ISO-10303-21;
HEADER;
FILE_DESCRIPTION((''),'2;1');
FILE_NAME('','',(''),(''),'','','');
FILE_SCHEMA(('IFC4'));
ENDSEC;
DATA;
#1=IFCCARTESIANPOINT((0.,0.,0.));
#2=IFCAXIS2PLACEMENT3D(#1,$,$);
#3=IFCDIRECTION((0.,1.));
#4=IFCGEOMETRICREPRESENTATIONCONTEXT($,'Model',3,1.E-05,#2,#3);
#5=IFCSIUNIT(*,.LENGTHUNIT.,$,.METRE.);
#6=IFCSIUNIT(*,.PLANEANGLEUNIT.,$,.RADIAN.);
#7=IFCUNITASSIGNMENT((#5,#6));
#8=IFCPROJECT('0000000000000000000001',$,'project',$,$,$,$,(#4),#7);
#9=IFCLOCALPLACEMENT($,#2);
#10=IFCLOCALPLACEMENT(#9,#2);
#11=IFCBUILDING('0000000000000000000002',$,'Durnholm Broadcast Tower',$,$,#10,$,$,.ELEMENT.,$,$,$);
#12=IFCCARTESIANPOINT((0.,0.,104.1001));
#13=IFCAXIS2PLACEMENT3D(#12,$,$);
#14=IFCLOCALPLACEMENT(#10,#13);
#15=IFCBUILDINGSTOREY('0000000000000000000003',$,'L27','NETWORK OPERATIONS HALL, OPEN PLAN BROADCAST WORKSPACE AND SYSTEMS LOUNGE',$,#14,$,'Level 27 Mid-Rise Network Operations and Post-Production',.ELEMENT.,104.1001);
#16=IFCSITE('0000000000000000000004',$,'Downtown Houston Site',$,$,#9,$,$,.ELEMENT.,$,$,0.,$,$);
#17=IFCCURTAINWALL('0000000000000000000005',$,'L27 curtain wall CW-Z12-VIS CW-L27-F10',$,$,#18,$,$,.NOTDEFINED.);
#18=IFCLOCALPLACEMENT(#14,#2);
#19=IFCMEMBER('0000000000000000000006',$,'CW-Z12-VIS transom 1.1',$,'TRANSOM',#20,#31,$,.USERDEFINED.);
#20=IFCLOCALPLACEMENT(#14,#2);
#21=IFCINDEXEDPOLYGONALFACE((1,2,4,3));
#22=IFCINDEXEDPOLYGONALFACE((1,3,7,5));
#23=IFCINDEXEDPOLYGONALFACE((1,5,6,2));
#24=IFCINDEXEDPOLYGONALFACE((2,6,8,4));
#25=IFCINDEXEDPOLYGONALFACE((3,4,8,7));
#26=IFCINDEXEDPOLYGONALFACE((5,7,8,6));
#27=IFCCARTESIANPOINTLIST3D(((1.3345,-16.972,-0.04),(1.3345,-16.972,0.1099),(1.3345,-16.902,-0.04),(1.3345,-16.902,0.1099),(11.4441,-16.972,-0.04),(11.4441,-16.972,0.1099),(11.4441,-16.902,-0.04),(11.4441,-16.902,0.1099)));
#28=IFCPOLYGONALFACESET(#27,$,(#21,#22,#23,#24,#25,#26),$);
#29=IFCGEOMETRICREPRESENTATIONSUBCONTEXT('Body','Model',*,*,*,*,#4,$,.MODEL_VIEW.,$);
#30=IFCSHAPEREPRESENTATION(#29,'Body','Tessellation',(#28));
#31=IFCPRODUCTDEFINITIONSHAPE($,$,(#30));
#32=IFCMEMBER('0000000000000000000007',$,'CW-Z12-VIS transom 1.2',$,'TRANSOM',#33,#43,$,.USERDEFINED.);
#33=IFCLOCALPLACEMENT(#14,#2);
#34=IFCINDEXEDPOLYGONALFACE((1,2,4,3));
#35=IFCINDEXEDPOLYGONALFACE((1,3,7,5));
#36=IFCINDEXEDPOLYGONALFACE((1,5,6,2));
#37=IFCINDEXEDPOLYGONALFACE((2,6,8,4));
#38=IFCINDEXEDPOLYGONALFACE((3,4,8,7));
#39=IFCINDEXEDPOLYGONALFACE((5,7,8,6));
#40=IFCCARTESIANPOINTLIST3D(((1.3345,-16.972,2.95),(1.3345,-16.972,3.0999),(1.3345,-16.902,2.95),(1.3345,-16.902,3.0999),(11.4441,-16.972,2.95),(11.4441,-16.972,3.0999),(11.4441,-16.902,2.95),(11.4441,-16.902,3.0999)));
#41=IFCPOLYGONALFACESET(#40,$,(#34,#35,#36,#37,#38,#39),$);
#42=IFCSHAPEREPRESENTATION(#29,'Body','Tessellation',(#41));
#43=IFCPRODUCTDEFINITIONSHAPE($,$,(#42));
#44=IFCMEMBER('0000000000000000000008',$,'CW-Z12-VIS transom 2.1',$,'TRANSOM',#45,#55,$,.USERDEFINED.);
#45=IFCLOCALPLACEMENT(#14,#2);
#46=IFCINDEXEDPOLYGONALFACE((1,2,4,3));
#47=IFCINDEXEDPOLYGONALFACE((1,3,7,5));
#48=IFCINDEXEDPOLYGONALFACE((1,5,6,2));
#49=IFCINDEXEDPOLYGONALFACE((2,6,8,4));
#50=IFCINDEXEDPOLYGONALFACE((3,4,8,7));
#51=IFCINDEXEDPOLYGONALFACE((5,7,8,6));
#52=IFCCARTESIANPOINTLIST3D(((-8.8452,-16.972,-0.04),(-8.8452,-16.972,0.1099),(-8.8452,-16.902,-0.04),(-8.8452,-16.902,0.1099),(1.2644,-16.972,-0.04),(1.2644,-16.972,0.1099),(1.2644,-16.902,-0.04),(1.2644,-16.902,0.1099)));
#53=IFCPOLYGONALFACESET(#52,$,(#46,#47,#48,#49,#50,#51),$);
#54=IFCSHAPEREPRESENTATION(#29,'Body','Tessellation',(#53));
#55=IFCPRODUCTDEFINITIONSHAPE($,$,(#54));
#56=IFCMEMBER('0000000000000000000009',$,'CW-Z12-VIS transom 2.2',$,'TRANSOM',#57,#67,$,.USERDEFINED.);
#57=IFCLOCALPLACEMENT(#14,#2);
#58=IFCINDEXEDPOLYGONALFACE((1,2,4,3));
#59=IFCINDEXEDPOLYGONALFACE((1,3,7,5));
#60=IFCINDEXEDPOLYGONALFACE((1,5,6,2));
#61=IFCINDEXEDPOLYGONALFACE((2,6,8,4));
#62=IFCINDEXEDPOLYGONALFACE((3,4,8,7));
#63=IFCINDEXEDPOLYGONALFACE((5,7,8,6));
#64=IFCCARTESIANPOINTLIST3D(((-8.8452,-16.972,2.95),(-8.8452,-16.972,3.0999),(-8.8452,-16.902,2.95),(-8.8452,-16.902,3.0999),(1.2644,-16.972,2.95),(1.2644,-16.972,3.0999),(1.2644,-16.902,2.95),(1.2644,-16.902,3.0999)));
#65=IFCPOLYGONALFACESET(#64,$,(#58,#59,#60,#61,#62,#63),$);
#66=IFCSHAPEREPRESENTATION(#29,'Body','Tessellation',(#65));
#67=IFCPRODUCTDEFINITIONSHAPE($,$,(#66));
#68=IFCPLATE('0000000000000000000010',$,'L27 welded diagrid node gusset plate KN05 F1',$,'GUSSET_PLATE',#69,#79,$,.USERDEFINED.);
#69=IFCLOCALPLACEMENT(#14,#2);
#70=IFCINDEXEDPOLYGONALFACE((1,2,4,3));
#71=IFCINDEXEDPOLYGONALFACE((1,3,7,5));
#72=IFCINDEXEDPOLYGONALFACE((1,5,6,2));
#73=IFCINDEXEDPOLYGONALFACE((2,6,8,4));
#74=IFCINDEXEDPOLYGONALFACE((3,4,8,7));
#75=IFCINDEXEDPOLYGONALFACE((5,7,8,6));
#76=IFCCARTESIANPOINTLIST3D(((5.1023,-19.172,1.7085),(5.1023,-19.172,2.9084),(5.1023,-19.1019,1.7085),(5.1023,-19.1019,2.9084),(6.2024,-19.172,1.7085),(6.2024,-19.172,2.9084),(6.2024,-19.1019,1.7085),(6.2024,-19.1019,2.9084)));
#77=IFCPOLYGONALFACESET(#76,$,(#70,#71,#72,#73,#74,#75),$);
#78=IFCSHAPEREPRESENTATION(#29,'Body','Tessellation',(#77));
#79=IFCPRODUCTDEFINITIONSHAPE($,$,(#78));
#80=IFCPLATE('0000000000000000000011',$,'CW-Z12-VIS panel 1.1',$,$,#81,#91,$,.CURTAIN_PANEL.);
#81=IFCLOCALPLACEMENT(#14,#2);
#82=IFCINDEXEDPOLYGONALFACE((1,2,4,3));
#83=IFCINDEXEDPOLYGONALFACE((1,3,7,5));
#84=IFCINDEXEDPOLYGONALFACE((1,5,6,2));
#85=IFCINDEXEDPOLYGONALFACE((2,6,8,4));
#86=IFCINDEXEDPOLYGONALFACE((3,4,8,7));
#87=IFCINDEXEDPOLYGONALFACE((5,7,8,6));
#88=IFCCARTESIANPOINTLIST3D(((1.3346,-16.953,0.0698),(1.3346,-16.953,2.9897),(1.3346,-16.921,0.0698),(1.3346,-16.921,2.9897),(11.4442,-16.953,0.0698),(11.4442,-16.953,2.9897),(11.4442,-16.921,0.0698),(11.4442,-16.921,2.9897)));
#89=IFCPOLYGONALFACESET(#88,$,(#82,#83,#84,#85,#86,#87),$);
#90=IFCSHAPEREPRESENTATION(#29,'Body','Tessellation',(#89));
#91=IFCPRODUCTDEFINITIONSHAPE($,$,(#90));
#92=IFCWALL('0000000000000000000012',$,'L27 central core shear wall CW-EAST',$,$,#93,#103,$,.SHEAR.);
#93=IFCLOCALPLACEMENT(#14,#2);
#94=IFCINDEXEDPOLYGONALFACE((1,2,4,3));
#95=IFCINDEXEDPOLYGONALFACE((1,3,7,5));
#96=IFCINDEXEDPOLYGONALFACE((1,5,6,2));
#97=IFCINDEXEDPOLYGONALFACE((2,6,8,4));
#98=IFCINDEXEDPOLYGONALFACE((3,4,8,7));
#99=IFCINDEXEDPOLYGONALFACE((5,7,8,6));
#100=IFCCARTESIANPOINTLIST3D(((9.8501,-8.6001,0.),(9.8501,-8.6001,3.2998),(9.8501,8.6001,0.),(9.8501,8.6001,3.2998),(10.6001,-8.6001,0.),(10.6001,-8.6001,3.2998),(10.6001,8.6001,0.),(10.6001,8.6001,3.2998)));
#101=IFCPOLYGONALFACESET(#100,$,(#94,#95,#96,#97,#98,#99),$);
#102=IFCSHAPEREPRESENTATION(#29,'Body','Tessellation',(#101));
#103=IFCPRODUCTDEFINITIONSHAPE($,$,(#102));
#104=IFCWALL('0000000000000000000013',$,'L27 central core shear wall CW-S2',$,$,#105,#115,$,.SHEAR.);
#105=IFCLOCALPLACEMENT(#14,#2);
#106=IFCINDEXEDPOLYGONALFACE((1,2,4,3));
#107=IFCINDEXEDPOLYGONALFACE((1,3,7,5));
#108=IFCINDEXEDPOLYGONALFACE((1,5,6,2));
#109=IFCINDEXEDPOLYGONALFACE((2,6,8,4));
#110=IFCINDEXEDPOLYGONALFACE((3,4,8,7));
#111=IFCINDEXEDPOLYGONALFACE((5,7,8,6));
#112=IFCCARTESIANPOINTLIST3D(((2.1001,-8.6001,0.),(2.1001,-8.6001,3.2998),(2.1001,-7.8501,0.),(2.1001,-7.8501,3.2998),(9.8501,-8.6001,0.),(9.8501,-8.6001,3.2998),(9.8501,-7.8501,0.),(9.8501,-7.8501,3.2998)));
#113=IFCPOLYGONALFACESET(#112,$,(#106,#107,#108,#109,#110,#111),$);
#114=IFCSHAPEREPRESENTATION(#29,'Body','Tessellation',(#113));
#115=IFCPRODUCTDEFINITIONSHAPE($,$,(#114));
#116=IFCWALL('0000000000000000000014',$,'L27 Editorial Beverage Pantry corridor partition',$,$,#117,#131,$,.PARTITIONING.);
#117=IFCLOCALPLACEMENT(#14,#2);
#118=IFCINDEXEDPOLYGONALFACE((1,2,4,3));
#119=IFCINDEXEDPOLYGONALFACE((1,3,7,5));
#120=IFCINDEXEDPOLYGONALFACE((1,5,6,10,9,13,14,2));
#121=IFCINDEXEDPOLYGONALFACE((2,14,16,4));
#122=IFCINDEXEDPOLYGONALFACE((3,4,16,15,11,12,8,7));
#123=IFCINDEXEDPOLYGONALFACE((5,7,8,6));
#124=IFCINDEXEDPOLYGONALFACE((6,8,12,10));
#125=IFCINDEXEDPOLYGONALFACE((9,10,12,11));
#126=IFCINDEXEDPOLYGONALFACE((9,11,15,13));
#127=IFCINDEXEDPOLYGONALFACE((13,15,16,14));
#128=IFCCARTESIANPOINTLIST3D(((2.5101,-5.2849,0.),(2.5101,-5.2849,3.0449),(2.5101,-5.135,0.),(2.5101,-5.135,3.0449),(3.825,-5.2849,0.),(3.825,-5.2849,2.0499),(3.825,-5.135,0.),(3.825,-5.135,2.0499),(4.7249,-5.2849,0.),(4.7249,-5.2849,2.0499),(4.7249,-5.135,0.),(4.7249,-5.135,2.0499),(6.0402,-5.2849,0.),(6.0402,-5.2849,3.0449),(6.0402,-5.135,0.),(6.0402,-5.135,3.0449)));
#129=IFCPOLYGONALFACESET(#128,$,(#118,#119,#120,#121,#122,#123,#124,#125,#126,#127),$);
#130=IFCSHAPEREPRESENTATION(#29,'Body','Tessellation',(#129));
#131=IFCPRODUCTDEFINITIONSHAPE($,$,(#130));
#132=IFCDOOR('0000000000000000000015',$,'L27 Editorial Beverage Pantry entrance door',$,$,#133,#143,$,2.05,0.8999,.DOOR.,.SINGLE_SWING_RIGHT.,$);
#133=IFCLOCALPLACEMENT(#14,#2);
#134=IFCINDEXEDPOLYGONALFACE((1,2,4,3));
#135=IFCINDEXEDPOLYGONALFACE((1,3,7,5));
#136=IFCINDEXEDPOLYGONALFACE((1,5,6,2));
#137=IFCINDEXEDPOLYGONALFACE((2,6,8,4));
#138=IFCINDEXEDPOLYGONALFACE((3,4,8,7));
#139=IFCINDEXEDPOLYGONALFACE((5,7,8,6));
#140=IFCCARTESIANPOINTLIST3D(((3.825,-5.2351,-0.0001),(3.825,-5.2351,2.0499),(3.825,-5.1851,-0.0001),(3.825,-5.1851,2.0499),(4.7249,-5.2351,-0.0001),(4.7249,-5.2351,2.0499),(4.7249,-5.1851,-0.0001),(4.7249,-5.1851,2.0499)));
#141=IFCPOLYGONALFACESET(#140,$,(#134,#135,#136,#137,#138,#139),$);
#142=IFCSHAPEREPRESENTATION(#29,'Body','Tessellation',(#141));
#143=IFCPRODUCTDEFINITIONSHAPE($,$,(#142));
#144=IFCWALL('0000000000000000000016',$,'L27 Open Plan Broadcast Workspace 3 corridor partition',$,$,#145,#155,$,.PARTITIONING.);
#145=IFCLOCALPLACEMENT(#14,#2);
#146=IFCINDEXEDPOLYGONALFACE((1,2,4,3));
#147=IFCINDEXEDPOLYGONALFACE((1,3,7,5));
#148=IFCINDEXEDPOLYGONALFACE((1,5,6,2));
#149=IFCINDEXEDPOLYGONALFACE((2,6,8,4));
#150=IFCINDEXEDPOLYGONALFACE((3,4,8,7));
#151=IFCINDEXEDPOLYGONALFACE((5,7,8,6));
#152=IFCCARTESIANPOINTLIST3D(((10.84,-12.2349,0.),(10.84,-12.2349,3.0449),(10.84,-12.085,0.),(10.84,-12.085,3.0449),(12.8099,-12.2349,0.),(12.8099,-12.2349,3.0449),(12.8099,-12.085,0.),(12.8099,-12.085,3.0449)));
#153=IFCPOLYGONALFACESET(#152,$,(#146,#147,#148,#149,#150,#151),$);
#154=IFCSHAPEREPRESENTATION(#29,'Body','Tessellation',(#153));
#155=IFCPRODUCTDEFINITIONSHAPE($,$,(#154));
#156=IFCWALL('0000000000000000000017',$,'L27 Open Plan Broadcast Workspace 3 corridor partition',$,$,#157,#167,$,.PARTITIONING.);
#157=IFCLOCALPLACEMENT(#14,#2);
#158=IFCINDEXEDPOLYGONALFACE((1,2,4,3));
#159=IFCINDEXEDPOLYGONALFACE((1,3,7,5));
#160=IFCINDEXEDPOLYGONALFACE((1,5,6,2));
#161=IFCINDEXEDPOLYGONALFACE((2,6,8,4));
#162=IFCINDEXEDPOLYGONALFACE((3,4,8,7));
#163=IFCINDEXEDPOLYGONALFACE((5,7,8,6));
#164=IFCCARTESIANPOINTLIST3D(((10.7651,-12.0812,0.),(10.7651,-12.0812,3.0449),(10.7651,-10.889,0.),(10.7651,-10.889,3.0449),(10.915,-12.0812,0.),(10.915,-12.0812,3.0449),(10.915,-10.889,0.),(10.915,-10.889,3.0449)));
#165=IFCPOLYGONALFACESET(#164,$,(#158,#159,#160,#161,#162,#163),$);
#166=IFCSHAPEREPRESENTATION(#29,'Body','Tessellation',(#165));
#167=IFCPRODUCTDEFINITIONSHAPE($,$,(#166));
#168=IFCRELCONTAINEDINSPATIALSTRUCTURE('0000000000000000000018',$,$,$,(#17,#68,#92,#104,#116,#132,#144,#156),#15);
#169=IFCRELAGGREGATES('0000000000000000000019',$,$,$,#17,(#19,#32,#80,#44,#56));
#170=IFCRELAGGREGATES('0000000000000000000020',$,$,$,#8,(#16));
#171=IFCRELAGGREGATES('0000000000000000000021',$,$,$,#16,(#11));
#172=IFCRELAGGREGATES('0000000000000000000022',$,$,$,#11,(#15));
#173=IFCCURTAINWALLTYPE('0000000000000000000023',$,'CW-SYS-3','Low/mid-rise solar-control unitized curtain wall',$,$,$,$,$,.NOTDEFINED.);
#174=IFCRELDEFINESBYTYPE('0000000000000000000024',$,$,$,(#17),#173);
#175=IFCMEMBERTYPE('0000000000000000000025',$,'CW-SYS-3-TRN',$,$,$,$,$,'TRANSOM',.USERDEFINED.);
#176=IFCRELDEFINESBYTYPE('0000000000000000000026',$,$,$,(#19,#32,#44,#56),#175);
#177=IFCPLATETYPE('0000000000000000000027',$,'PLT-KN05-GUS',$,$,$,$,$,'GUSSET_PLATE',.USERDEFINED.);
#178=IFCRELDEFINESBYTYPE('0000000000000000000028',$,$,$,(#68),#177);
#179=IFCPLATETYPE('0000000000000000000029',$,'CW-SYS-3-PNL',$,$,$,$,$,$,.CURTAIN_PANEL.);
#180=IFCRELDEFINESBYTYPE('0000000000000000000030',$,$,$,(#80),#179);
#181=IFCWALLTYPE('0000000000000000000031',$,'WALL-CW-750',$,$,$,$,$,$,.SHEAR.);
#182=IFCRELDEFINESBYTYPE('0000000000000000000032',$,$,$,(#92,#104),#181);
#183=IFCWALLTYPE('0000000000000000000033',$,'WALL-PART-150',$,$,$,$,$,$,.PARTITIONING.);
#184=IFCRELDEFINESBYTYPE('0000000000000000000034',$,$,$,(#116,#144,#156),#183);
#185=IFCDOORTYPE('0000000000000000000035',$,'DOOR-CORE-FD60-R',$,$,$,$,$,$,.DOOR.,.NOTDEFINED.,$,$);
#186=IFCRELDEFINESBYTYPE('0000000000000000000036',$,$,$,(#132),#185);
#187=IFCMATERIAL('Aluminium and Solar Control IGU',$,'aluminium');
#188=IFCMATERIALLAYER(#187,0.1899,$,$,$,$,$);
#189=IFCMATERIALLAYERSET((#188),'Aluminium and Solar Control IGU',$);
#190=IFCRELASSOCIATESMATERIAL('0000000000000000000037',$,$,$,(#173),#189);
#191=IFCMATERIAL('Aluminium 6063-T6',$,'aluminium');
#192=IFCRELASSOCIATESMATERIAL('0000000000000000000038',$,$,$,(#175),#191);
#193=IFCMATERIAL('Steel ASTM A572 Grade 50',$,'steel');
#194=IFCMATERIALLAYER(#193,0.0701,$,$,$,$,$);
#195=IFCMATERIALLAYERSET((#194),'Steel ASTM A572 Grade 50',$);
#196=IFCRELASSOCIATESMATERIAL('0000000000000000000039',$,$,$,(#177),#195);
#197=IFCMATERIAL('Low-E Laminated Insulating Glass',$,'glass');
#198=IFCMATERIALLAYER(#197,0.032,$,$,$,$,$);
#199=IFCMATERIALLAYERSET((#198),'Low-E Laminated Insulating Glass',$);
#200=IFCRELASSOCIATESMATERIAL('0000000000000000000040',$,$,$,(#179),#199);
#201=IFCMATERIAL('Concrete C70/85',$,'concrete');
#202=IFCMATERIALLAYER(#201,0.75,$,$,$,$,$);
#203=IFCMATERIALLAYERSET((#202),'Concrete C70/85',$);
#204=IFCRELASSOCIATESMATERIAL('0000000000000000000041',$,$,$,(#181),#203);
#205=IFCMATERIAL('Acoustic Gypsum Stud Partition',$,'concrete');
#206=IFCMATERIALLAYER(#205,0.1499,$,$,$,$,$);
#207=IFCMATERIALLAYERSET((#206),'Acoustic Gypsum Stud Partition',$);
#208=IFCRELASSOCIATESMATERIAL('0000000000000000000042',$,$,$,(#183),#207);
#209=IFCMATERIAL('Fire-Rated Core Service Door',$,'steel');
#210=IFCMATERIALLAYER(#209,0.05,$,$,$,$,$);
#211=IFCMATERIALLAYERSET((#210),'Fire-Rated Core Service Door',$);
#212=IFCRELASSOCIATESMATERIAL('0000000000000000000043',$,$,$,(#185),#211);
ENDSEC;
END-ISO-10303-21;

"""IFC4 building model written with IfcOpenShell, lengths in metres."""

from ifc_helpers import new_model, si_unit, direction, frame, frame_2d, origin, origin_2d, place, context, subcontext, project, spatial, rectangle, extrude, source, transform, mapped, material, layer, layer_set, material_profile, profile_set, type_object, type_shapes, element, fill, aggregate, save


model = new_model("IFC4")

# Units and contexts
model_context = context("Model", 3, precision=1e-05, world=origin(), true_north=direction((0.0, 1.0)))
body_context = subcontext(model_context, "Body", "Model", "MODEL_VIEW")
ifc_project = project(units=[si_unit("LENGTHUNIT", "METRE"), si_unit("PLANEANGLEUNIT", "RADIAN")], contexts=[model_context])

# Site, building, storey
site_placement = place(None, origin())
site = spatial("IfcSite", under=ifc_project, at=site_placement, Name="Downtown Houston Site", CompositionType="ELEMENT", RefElevation=0.0)
building_placement = place(site_placement, origin())
building = spatial("IfcBuilding", under=site, at=building_placement, Name="Durnholm Broadcast Tower", CompositionType="ELEMENT")
storey_placement = place(building_placement, frame((0.0, 0.0, 104.1001)))
storey = spatial("IfcBuildingStorey", under=building, at=storey_placement, Name="L27", Description="NETWORK OPERATIONS HALL, OPEN PLAN BROADCAST WORKSPACE AND SYSTEMS LOUNGE", LongName="Level 27 Mid-Rise Network Operations and Post-Production", CompositionType="ELEMENT", Elevation=104.1001)

# Shared definitions
ifc_material_1 = material(Name="Concrete C70/85", Category="concrete")

# Shared definitions
ifc_material_2 = material(Name="Aluminium and Solar Control IGU", Category="aluminium")
ifc_material_3 = material(Name="Aluminium 6063-T6", Category="aluminium")

# Curtain wall, members
ifc_layer_1 = layer(ifc_material_2, 0.1899)
ifc_layer_set_1 = layer_set([ifc_layer_1], Name="Aluminium and Solar Control IGU")
curtain_wall_type_1 = type_object("IfcCurtainWallType", Name="CW-SYS-3", Description="Low/mid-rise solar-control unitized curtain wall", PredefinedType="NOTDEFINED", material=ifc_layer_set_1)
curtain_wall_1_placement = place(storey_placement, origin())
curtain_wall_1 = element("IfcCurtainWall", 1, at=curtain_wall_1_placement, inside=storey, type_object=curtain_wall_type_1, Name="L27 curtain wall CW-Z12-VIS CW-L27-F10", PredefinedType="NOTDEFINED")
ifc_material_profile_1 = material_profile(ifc_material_3, rectangle(XDim=0.0701, YDim=0.1499, at=origin_2d()), Name="CWT70X150")
ifc_profile_set_1 = profile_set([ifc_material_profile_1], Name="Aluminium 6063-T6")
member_type_1 = type_object("IfcMemberType", Name="CW-SYS-3-TRN", ElementType="TRANSOM", PredefinedType="USERDEFINED", material=ifc_profile_set_1)
shared_shape_1 = source(origin(), body_context, "Body", "SweptSolid", [
    extrude(rectangle(XDim=0.0701, YDim=0.1499, at=origin_2d()), origin(), (0.0, 0.0, 1.0), 10.1096),
])
type_shapes(member_type_1, [shared_shape_1])
member_1_placement = place(storey_placement, frame((11.4441, -16.937, 0.0349), z_axis=(-1.0, 0.0, 0.0), x_axis=(0.0, -1.0, 0.0)))
member_1 = element("IfcMember", 2, at=member_1_placement, type_object=member_type_1, Name="CW-Z12-VIS transom 1.1", ObjectType="TRANSOM", PredefinedType="USERDEFINED", context=body_context, shape_type="MappedRepresentation", body=[
    mapped(shared_shape_1, transform((0.0, 0.0, 0.0), x_axis=(1.0, 0.0, 0.0), y_axis=(0.0, 1.0, 0.0), z_axis=(0.0, 0.0, 1.0), scale=1.0)),
])
member_2_placement = place(storey_placement, frame((11.4441, -16.937, 3.0249), z_axis=(-1.0, 0.0, 0.0), x_axis=(0.0, -1.0, 0.0)))
member_2 = element("IfcMember", 3, at=member_2_placement, type_object=member_type_1, Name="CW-Z12-VIS transom 1.2", ObjectType="TRANSOM", PredefinedType="USERDEFINED", context=body_context, shape_type="MappedRepresentation", body=[
    mapped(shared_shape_1, transform((0.0, 0.0, 0.0), x_axis=(1.0, 0.0, 0.0), y_axis=(0.0, 1.0, 0.0), z_axis=(0.0, 0.0, 1.0), scale=1.0)),
])
member_3_placement = place(storey_placement, frame((1.2644, -16.937, 0.0349), z_axis=(-1.0, 0.0, 0.0), x_axis=(0.0, -1.0, 0.0)))
member_3 = element("IfcMember", 4, at=member_3_placement, type_object=member_type_1, Name="CW-Z12-VIS transom 2.1", ObjectType="TRANSOM", PredefinedType="USERDEFINED", context=body_context, shape_type="MappedRepresentation", body=[
    mapped(shared_shape_1, transform((0.0, 0.0, 0.0), x_axis=(1.0, 0.0, 0.0), y_axis=(0.0, 1.0, 0.0), z_axis=(0.0, 0.0, 1.0), scale=1.0)),
])
member_4_placement = place(storey_placement, frame((1.2644, -16.937, 3.0249), z_axis=(-1.0, 0.0, 0.0), x_axis=(0.0, -1.0, 0.0)))
member_4 = element("IfcMember", 5, at=member_4_placement, type_object=member_type_1, Name="CW-Z12-VIS transom 2.2", ObjectType="TRANSOM", PredefinedType="USERDEFINED", context=body_context, shape_type="MappedRepresentation", body=[
    mapped(shared_shape_1, transform((0.0, 0.0, 0.0), x_axis=(1.0, 0.0, 0.0), y_axis=(0.0, 1.0, 0.0), z_axis=(0.0, 0.0, 1.0), scale=1.0)),
])

# Plates
ifc_material_4 = material(Name="Steel ASTM A572 Grade 50", Category="steel")
ifc_layer_2 = layer(ifc_material_4, 0.0701)
ifc_layer_set_2 = layer_set([ifc_layer_2], Name="Steel ASTM A572 Grade 50")
plate_type_1 = type_object("IfcPlateType", Name="PLT-KN05-GUS", ElementType="GUSSET_PLATE", PredefinedType="USERDEFINED", material=ifc_layer_set_2)
shared_shape_2 = source(origin(), body_context, "Body", "SweptSolid", [
    extrude(rectangle(XDim=1.1001, YDim=0.0701, at=origin_2d()), origin(), (0.0, 0.0, 1.0), 1.2),
])
type_shapes(plate_type_1, [shared_shape_2])
plate_1_placement = place(storey_placement, frame((5.6523, -19.137, 1.7085), z_axis=(0.0, 0.0, 1.0), x_axis=(1.0, 0.0, 0.0)))
element("IfcPlate", 6, at=plate_1_placement, inside=storey, type_object=plate_type_1, Name="L27 welded diagrid node gusset plate KN05 F1", ObjectType="GUSSET_PLATE", PredefinedType="USERDEFINED", context=body_context, shape_type="MappedRepresentation", body=[
    mapped(shared_shape_2, transform((0.0, 0.0, 0.0), x_axis=(1.0, 0.0, 0.0), y_axis=(0.0, 1.0, 0.0), z_axis=(0.0, 0.0, 1.0), scale=1.0)),
])
ifc_material_5 = material(Name="Low-E Laminated Insulating Glass", Category="glass")
ifc_layer_3 = layer(ifc_material_5, 0.032)
ifc_layer_set_3 = layer_set([ifc_layer_3], Name="Low-E Laminated Insulating Glass")
plate_type_2 = type_object("IfcPlateType", Name="CW-SYS-3-PNL", PredefinedType="CURTAIN_PANEL", material=ifc_layer_set_3)
shared_shape_3 = source(origin(), body_context, "Body", "SweptSolid", [
    extrude(rectangle(XDim=10.1096, YDim=0.032, at=origin_2d()), origin(), (0.0, 0.0, 1.0), 2.9199),
])
type_shapes(plate_type_2, [shared_shape_3])
plate_2_placement = place(storey_placement, frame((6.3894, -16.937, 0.0698), z_axis=(0.0, 0.0, 1.0), x_axis=(-1.0, 0.0, 0.0)))
plate_2 = element("IfcPlate", 7, at=plate_2_placement, type_object=plate_type_2, Name="CW-Z12-VIS panel 1.1", PredefinedType="CURTAIN_PANEL", context=body_context, shape_type="MappedRepresentation", body=[
    mapped(shared_shape_3, transform((0.0, 0.0, 0.0), x_axis=(1.0, 0.0, 0.0), y_axis=(0.0, 1.0, 0.0), z_axis=(0.0, 0.0, 1.0), scale=1.0)),
])
aggregate(curtain_wall_1, [member_1, member_2, plate_2, member_3, member_4])

# Walls
ifc_layer_4 = layer(ifc_material_1, 0.75)
ifc_layer_set_4 = layer_set([ifc_layer_4], Name="Concrete C70/85")
wall_type_1 = type_object("IfcWallType", Name="WALL-CW-750", PredefinedType="SHEAR", material=ifc_layer_set_4)
wall_1_placement = place(storey_placement, frame((10.2251, -8.6001, 0.0), z_axis=(0.0, 0.0, 1.0), x_axis=(0.0, 1.0, 0.0)))
element("IfcWall", 8, at=wall_1_placement, inside=storey, type_object=wall_type_1, Name="L27 central core shear wall CW-EAST", PredefinedType="SHEAR", context=body_context, shape_type="SweptSolid", body=[
    extrude(rectangle(XDim=17.2002, YDim=0.75, at=frame_2d((8.6001, 0.0))), origin(), (0.0, 0.0, 1.0), 3.2998),
])
wall_2_placement = place(storey_placement, frame((2.1001, -8.2251, 0.0), z_axis=(0.0, 0.0, 1.0), x_axis=(1.0, 0.0, 0.0)))
element("IfcWall", 9, at=wall_2_placement, inside=storey, type_object=wall_type_1, Name="L27 central core shear wall CW-S2", PredefinedType="SHEAR", context=body_context, shape_type="SweptSolid", body=[
    extrude(rectangle(XDim=7.75, YDim=0.75, at=frame_2d((3.875, 0.0))), origin(), (0.0, 0.0, 1.0), 3.2998),
])

# Wall, opening, door
ifc_material_6 = material(Name="Acoustic Gypsum Stud Partition", Category="concrete")
ifc_layer_5 = layer(ifc_material_6, 0.1499)
ifc_layer_set_5 = layer_set([ifc_layer_5], Name="Acoustic Gypsum Stud Partition")
wall_type_2 = type_object("IfcWallType", Name="WALL-PART-150", PredefinedType="PARTITIONING", material=ifc_layer_set_5)
wall_3_placement = place(storey_placement, frame((2.51, -5.21, 0.0), z_axis=(0.0, 0.0, 1.0), x_axis=(1.0, 0.0, 0.0)))
wall_3 = element("IfcWall", 10, at=wall_3_placement, inside=storey, type_object=wall_type_2, Name="L27 Editorial Beverage Pantry corridor partition", PredefinedType="PARTITIONING", context=body_context, shape_type="SweptSolid", body=[
    extrude(rectangle(XDim=3.53, YDim=0.1499, at=frame_2d((1.7651, 0.0))), origin(), (0.0, 0.0, 1.0), 3.0449),
])
opening_1_placement = place(wall_3_placement, frame((1.3149, 0.0, 0.0)))
opening_1 = element("IfcOpeningElement", 11, at=opening_1_placement, cuts=wall_3, PredefinedType="OPENING", context=body_context, shape_type="SweptSolid", body=[
    extrude(rectangle(XDim=0.8999, YDim=2.05, at=frame_2d((0.45, 1.0249))), frame((0.0, 0.085, 0.0), z_axis=(0.0, -1.0, 0.0), x_axis=(1.0, 0.0, 0.0)), (0.0, 0.0, 1.0), 0.1699),
])
ifc_material_7 = material(Name="Fire-Rated Core Service Door", Category="steel")
ifc_layer_6 = layer(ifc_material_7, 0.05)
ifc_layer_set_6 = layer_set([ifc_layer_6], Name="Fire-Rated Core Service Door")
door_type_1 = type_object("IfcDoorType", Name="DOOR-CORE-FD60-R", OperationType="NOTDEFINED", PredefinedType="DOOR", material=ifc_layer_set_6)
shared_shape_4 = source(origin(), body_context, "Body", "SweptSolid", [
    extrude(rectangle(XDim=0.8999, YDim=2.05, at=frame_2d((0.45, 1.0249))), frame((0.0, 0.0249, 0.0), z_axis=(0.0, -1.0, 0.0), x_axis=(1.0, 0.0, 0.0)), (0.0, 0.0, 1.0), 0.05),
])
type_shapes(door_type_1, [shared_shape_4])
door_1_placement = place(opening_1_placement, origin())
door_1 = element("IfcDoor", 12, at=door_1_placement, inside=storey, type_object=door_type_1, Name="L27 Editorial Beverage Pantry entrance door", OperationType="SINGLE_SWING_RIGHT", OverallHeight=2.05, OverallWidth=0.8999, PredefinedType="DOOR", context=body_context, shape_type="MappedRepresentation", body=[
    mapped(shared_shape_4, transform((0.0, 0.0, 0.0), x_axis=(1.0, 0.0, 0.0), y_axis=(0.0, 1.0, 0.0), z_axis=(0.0, 0.0, 1.0), scale=1.0)),
])
fill(opening_1, door_1)

# Walls
wall_4_placement = place(storey_placement, frame((10.8401, -12.1599, 0.0), z_axis=(0.0, 0.0, 1.0), x_axis=(1.0, 0.0, 0.0)))
element("IfcWall", 13, at=wall_4_placement, inside=storey, type_object=wall_type_2, Name="L27 Open Plan Broadcast Workspace 3 corridor partition", PredefinedType="PARTITIONING", context=body_context, shape_type="SweptSolid", body=[
    extrude(rectangle(XDim=1.97, YDim=0.1499, at=frame_2d((0.9849, 0.0))), origin(), (0.0, 0.0, 1.0), 3.0449),
])
wall_5_placement = place(storey_placement, frame((10.8401, -10.8889, 0.0), z_axis=(0.0, 0.0, 1.0), x_axis=(0.0, -1.0, 0.0)))
element("IfcWall", 14, at=wall_5_placement, inside=storey, type_object=wall_type_2, Name="L27 Open Plan Broadcast Workspace 3 corridor partition", PredefinedType="PARTITIONING", context=body_context, shape_type="SweptSolid", body=[
    extrude(rectangle(XDim=1.1921, YDim=0.1499, at=frame_2d((0.5962, 0.0))), origin(), (0.0, 0.0, 1.0), 3.0449),
])

save(model, "model.ifc")
